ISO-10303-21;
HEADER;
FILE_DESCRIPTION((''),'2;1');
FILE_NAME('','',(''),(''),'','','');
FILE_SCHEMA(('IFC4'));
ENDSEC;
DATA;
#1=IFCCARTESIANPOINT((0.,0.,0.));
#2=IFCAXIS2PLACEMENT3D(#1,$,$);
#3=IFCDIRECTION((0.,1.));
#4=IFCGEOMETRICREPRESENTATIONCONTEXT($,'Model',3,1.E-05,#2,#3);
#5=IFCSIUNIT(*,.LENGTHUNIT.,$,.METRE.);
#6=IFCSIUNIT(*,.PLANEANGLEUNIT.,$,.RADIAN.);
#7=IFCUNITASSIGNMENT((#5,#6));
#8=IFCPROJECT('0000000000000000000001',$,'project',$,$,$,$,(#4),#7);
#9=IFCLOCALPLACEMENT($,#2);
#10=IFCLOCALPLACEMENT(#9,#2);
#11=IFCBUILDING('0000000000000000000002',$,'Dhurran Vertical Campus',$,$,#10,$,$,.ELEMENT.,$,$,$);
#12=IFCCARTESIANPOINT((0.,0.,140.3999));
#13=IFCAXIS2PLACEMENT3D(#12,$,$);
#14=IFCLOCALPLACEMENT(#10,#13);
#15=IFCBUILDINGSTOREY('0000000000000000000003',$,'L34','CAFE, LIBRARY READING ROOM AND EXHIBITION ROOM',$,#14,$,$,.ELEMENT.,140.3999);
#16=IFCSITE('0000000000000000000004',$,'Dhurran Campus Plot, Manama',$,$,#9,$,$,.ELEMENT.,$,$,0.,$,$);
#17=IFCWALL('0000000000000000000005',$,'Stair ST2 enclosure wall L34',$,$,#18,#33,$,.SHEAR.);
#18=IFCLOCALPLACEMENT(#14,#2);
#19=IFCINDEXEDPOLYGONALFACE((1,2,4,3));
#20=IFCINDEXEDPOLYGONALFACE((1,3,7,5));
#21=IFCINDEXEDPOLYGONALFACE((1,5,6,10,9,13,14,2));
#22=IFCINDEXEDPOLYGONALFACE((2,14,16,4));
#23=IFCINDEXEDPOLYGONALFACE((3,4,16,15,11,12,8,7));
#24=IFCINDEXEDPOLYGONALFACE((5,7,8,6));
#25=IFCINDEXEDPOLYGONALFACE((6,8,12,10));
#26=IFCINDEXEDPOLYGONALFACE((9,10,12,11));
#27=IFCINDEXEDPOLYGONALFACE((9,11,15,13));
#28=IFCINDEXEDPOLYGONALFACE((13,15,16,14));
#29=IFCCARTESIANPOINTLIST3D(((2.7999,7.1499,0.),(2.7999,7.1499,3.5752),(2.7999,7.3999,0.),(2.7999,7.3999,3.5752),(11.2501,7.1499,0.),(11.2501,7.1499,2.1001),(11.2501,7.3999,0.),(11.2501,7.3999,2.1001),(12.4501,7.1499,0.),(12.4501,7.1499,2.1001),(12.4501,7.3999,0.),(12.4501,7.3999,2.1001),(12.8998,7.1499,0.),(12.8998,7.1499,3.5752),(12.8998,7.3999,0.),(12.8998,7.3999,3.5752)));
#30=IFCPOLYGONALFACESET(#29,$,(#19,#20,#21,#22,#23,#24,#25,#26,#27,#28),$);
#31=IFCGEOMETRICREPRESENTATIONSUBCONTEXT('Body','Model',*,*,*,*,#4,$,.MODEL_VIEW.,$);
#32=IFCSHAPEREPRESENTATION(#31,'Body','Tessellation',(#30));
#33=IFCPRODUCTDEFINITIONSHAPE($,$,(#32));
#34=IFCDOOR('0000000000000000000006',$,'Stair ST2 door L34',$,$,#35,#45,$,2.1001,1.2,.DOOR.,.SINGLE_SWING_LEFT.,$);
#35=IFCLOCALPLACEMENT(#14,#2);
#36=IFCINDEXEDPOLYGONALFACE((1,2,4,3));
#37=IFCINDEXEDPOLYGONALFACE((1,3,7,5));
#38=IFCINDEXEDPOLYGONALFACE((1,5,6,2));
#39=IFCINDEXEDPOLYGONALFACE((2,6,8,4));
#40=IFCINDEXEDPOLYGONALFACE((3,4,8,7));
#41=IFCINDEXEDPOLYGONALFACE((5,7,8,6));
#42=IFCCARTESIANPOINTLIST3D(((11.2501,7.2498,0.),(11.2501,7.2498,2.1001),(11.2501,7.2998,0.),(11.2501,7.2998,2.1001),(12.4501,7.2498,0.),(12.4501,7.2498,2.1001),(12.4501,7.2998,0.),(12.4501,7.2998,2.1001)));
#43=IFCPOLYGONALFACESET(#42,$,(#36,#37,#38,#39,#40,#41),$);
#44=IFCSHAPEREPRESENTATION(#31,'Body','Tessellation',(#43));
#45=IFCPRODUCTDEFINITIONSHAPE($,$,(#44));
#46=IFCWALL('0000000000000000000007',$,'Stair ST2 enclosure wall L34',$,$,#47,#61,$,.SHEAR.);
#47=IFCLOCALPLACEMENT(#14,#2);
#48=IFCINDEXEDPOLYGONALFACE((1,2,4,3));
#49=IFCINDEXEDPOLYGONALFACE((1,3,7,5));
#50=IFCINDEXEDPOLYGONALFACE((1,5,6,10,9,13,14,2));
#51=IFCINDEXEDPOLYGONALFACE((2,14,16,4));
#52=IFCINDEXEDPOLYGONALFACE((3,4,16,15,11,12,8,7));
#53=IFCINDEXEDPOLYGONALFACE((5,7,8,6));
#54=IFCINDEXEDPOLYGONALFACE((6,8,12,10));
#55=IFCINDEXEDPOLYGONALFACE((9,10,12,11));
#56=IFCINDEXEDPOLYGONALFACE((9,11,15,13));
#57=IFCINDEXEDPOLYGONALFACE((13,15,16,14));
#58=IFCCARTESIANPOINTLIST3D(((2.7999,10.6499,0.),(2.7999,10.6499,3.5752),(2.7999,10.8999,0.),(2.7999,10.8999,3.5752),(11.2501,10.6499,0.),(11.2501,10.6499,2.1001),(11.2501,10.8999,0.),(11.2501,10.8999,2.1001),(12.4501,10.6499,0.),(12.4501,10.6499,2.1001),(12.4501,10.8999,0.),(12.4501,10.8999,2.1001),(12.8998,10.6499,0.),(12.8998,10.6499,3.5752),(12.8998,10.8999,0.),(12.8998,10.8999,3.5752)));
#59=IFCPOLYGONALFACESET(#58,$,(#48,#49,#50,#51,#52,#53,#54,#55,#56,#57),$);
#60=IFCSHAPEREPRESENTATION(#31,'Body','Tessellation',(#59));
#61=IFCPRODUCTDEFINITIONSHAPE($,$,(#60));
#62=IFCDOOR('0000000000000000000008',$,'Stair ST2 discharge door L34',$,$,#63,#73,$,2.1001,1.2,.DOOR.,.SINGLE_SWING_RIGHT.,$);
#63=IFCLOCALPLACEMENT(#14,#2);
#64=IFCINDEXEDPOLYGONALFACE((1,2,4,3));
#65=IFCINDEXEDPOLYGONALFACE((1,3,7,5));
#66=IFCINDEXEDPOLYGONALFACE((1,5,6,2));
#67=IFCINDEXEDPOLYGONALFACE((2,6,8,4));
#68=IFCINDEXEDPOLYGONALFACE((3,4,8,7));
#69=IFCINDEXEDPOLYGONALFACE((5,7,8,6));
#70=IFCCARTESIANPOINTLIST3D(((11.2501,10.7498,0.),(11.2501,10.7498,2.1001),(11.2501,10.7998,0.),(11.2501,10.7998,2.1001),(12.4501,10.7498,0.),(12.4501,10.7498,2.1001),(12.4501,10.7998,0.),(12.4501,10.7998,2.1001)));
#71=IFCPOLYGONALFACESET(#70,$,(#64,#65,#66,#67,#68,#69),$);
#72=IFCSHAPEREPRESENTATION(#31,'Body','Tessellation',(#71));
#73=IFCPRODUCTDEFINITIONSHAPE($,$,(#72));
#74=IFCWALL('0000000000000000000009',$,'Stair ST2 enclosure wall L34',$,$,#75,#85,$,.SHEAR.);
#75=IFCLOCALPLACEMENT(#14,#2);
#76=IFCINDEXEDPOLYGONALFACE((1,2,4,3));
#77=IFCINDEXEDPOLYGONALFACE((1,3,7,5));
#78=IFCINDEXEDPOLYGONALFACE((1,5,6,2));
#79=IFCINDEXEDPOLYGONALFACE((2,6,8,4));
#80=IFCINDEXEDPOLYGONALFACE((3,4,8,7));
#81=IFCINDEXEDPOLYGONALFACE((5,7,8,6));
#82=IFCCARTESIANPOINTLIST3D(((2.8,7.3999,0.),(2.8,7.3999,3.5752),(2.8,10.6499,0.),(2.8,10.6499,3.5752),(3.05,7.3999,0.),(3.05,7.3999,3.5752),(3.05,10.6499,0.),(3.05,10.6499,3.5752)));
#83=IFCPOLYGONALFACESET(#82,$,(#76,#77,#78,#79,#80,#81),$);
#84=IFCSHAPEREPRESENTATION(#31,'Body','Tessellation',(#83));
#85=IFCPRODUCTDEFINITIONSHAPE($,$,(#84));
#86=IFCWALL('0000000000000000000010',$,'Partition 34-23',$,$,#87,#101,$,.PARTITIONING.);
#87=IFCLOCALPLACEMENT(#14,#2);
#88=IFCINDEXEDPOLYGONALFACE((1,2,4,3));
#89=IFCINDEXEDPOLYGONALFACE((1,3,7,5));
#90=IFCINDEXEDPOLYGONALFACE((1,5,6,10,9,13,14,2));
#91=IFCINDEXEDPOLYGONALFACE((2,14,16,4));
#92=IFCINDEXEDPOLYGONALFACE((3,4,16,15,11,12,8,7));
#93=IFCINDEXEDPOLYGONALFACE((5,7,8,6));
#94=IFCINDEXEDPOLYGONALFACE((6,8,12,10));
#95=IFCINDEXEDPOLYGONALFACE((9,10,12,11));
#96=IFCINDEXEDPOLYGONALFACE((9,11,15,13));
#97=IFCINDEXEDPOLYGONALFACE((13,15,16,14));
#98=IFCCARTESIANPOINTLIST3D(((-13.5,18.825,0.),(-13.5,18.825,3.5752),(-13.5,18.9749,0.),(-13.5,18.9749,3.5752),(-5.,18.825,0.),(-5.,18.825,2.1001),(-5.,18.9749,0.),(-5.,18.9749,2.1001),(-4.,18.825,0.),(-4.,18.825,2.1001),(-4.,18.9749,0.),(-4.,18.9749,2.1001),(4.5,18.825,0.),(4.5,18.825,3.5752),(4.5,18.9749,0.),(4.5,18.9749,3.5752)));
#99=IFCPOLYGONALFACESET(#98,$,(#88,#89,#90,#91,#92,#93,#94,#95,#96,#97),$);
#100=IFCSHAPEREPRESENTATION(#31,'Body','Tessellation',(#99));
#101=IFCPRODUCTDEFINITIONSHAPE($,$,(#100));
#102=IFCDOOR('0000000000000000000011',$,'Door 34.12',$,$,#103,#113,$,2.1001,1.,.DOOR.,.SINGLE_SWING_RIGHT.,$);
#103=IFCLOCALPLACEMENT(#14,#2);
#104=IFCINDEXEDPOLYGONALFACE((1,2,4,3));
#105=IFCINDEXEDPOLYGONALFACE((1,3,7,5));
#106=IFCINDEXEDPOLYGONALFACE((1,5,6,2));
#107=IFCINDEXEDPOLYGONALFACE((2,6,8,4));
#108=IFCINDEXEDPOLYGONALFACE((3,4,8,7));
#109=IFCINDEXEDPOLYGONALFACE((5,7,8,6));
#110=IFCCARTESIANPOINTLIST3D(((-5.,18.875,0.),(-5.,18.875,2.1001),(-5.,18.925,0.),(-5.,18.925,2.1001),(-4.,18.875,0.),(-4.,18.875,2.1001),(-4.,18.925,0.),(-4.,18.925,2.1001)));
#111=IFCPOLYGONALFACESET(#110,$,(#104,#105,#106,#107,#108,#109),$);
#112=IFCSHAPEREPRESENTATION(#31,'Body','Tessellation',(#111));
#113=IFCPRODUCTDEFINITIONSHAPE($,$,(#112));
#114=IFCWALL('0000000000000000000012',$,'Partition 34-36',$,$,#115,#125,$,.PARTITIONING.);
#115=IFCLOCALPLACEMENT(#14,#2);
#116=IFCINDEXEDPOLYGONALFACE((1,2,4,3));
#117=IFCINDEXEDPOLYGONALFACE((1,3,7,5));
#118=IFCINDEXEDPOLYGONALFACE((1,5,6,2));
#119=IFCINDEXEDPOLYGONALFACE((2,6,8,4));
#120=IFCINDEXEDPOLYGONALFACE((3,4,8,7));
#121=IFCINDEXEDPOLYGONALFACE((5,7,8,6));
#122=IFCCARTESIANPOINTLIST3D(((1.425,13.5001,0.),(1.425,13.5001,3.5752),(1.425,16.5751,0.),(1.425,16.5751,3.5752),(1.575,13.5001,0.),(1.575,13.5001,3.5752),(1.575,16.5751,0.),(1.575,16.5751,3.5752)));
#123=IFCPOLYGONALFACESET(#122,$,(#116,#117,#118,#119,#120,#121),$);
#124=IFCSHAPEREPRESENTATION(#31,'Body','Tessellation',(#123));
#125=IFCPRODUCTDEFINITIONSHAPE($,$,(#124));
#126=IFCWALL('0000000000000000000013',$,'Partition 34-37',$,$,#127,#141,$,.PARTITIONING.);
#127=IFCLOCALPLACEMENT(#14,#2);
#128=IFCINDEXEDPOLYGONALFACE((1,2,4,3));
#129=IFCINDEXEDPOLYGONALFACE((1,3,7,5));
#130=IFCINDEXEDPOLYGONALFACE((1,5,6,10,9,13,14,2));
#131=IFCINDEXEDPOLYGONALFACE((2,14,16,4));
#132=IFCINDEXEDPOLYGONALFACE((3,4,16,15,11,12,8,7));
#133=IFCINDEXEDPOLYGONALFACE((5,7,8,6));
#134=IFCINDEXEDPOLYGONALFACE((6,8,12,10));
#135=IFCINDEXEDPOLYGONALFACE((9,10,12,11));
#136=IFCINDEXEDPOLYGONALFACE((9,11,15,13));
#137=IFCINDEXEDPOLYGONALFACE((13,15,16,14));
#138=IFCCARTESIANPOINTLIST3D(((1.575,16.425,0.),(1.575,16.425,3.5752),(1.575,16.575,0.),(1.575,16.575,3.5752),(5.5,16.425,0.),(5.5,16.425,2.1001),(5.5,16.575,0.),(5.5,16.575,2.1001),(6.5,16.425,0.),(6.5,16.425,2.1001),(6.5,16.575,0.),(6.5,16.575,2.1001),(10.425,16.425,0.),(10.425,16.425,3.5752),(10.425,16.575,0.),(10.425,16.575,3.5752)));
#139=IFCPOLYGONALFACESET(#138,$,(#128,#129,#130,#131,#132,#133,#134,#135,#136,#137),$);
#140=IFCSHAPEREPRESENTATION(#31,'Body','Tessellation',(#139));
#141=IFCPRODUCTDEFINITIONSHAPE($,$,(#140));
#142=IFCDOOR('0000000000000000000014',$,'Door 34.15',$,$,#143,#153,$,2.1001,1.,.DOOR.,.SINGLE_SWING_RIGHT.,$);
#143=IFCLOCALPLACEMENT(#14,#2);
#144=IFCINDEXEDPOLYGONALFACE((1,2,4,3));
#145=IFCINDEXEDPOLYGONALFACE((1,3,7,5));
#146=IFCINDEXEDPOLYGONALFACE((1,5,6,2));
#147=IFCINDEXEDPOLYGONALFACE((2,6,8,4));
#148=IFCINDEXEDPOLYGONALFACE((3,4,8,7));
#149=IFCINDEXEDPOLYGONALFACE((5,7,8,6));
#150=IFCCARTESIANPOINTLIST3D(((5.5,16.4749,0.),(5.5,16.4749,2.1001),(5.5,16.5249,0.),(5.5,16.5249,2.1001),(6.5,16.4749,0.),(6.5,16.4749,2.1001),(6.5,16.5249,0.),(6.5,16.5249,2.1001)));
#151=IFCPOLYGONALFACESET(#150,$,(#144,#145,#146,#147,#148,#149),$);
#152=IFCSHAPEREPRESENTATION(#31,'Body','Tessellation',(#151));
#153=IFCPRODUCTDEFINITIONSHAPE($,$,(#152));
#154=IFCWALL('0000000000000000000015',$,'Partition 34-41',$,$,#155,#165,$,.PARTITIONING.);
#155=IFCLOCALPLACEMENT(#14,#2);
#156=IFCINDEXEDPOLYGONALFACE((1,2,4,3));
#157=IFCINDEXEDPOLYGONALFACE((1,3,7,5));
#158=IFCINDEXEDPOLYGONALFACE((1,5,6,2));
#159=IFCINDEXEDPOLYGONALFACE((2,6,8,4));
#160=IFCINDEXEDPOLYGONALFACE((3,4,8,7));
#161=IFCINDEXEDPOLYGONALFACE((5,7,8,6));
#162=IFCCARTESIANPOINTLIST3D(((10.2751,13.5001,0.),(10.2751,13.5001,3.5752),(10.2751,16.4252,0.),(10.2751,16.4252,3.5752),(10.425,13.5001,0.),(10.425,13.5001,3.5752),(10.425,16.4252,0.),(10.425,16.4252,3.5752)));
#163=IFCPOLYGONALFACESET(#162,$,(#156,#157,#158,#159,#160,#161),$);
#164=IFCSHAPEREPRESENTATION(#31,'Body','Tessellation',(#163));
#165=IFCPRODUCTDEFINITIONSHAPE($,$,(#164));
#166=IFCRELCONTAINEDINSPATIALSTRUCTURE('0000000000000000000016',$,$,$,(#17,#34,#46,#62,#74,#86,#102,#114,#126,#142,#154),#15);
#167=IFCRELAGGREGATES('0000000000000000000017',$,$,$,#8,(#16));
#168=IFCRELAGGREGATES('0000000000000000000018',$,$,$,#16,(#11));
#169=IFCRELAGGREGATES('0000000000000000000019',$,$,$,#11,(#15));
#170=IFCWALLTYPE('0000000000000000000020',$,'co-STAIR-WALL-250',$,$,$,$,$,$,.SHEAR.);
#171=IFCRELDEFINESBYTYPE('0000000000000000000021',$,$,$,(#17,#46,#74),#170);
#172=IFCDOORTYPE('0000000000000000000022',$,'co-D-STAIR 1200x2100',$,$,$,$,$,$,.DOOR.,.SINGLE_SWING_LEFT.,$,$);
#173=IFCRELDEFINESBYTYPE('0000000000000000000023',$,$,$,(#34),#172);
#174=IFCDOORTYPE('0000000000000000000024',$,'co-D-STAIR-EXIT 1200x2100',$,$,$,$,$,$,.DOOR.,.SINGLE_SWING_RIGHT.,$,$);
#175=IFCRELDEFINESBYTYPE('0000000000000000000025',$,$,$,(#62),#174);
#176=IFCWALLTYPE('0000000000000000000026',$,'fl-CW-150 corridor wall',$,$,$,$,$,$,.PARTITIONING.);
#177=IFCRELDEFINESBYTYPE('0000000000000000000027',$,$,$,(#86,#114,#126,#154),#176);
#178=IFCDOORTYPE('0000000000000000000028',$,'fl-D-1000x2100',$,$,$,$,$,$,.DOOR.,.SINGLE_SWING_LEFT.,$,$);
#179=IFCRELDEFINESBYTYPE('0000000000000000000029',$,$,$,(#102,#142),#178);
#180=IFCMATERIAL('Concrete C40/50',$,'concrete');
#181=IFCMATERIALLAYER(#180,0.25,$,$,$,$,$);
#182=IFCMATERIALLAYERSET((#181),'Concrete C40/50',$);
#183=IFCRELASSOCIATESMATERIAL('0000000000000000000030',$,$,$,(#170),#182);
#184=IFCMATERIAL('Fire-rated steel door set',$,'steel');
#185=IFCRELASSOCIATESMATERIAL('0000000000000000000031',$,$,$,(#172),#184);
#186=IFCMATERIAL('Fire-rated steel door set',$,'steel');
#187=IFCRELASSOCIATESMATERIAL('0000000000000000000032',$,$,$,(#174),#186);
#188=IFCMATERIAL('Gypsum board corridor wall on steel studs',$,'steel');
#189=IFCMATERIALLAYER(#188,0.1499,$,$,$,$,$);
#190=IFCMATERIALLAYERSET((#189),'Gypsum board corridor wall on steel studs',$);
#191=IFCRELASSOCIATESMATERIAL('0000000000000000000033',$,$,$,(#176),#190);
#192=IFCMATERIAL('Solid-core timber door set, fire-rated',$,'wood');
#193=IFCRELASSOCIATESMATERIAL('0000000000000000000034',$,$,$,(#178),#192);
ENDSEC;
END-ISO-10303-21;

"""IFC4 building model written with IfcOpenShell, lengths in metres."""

from ifc_helpers import new_model, si_unit, direction, frame, frame_2d, origin, place, context, subcontext, project, spatial, rectangle, extrude, material, layer, layer_set, type_object, element, fill, save


model = new_model("IFC4")

# Units and contexts
model_context = context("Model", 3, precision=1e-05, world=origin(), true_north=direction((0.0, 1.0)))
body_context = subcontext(model_context, "Body", "Model", "MODEL_VIEW")
ifc_project = project(units=[si_unit("LENGTHUNIT", "METRE"), si_unit("PLANEANGLEUNIT", "RADIAN")], contexts=[model_context])

# Site, building, storey
site_placement = place(None, origin())
site = spatial("IfcSite", under=ifc_project, at=site_placement, Name="Dhurran Campus Plot, Manama", CompositionType="ELEMENT", RefElevation=0.0)
building_placement = place(site_placement, origin())
building = spatial("IfcBuilding", under=site, at=building_placement, Name="Dhurran Vertical Campus", CompositionType="ELEMENT")
storey_placement = place(building_placement, frame((0.0, 0.0, 140.3999)))
storey = spatial("IfcBuildingStorey", under=building, at=storey_placement, Name="L34", Description="CAFE, LIBRARY READING ROOM AND EXHIBITION ROOM", CompositionType="ELEMENT", Elevation=140.3999)

# Walls, openings, doors
ifc_material_1 = material(Name="Concrete C40/50", Category="concrete")
ifc_layer_1 = layer(ifc_material_1, 0.25)
ifc_layer_set_1 = layer_set([ifc_layer_1], Name="Concrete C40/50")
wall_type_1 = type_object("IfcWallType", Name="co-STAIR-WALL-250", PredefinedType="SHEAR", material=ifc_layer_set_1)
wall_1_placement = place(storey_placement, frame((2.8, 7.2749, 0.0), z_axis=(0.0, 0.0, 1.0), x_axis=(1.0, 0.0, 0.0)))
wall_1 = element("IfcWall", 1, at=wall_1_placement, inside=storey, type_object=wall_type_1, Name="Stair ST2 enclosure wall L34", PredefinedType="SHEAR", context=body_context, shape_type="SweptSolid", body=[
    extrude(rectangle(XDim=10.0999, YDim=0.25, at=frame_2d((5.0498, 0.0))), origin(), (0.0, 0.0, 1.0), 3.5752),
])
opening_1_placement = place(wall_1_placement, frame((8.45, 0.0, 0.0)))
opening_1 = element("IfcOpeningElement", 2, at=opening_1_placement, cuts=wall_1, PredefinedType="OPENING", context=body_context, shape_type="SweptSolid", body=[
    extrude(rectangle(XDim=1.2, YDim=2.1001, at=frame_2d((0.6001, 1.05))), frame((0.0, 0.135, 0.0), z_axis=(0.0, -1.0, 0.0), x_axis=(1.0, 0.0, 0.0)), (0.0, 0.0, 1.0), 0.27),
])
ifc_material_2 = material(Name="Fire-rated steel door set", Category="steel")
door_type_1 = type_object("IfcDoorType", Name="co-D-STAIR 1200x2100", OperationType="SINGLE_SWING_LEFT", PredefinedType="DOOR", material=ifc_material_2)
door_1_placement = place(opening_1_placement, origin())
door_1 = element("IfcDoor", 3, at=door_1_placement, inside=storey, type_object=door_type_1, Name="Stair ST2 door L34", OperationType="SINGLE_SWING_LEFT", OverallHeight=2.1001, OverallWidth=1.2, PredefinedType="DOOR", context=body_context, shape_type="SweptSolid", body=[
    extrude(rectangle(XDim=1.2, YDim=2.1001, at=frame_2d((0.6001, 1.05))), frame((0.0, 0.0249, 0.0), z_axis=(0.0, -1.0, 0.0), x_axis=(1.0, 0.0, 0.0)), (0.0, 0.0, 1.0), 0.05),
])
fill(opening_1, door_1)
wall_2_placement = place(storey_placement, frame((2.8, 10.7749, 0.0), z_axis=(0.0, 0.0, 1.0), x_axis=(1.0, 0.0, 0.0)))
wall_2 = element("IfcWall", 4, at=wall_2_placement, inside=storey, type_object=wall_type_1, Name="Stair ST2 enclosure wall L34", PredefinedType="SHEAR", context=body_context, shape_type="SweptSolid", body=[
    extrude(rectangle(XDim=10.0999, YDim=0.25, at=frame_2d((5.0498, 0.0))), origin(), (0.0, 0.0, 1.0), 3.5752),
])
opening_2_placement = place(wall_2_placement, frame((8.45, 0.0, 0.0)))
opening_2 = element("IfcOpeningElement", 5, at=opening_2_placement, cuts=wall_2, PredefinedType="OPENING", context=body_context, shape_type="SweptSolid", body=[
    extrude(rectangle(XDim=1.2, YDim=2.1001, at=frame_2d((0.6001, 1.05))), frame((0.0, 0.135, 0.0), z_axis=(0.0, -1.0, 0.0), x_axis=(1.0, 0.0, 0.0)), (0.0, 0.0, 1.0), 0.27),
])
ifc_material_3 = material(Name="Fire-rated steel door set", Category="steel")
door_type_2 = type_object("IfcDoorType", Name="co-D-STAIR-EXIT 1200x2100", OperationType="SINGLE_SWING_RIGHT", PredefinedType="DOOR", material=ifc_material_3)
door_2_placement = place(opening_2_placement, origin())
door_2 = element("IfcDoor", 6, at=door_2_placement, inside=storey, type_object=door_type_2, Name="Stair ST2 discharge door L34", OperationType="SINGLE_SWING_RIGHT", OverallHeight=2.1001, OverallWidth=1.2, PredefinedType="DOOR", context=body_context, shape_type="SweptSolid", body=[
    extrude(rectangle(XDim=1.2, YDim=2.1001, at=frame_2d((0.6001, 1.05))), frame((0.0, 0.0249, 0.0), z_axis=(0.0, -1.0, 0.0), x_axis=(1.0, 0.0, 0.0)), (0.0, 0.0, 1.0), 0.05),
])
fill(opening_2, door_2)

# Wall
wall_3_placement = place(storey_placement, frame((2.925, 7.3999, 0.0), z_axis=(0.0, 0.0, 1.0), x_axis=(0.0, 1.0, 0.0)))
element("IfcWall", 7, at=wall_3_placement, inside=storey, type_object=wall_type_1, Name="Stair ST2 enclosure wall L34", PredefinedType="SHEAR", context=body_context, shape_type="SweptSolid", body=[
    extrude(rectangle(XDim=3.25, YDim=0.25, at=frame_2d((1.625, 0.0))), origin(), (0.0, 0.0, 1.0), 3.5752),
])

# Wall, opening, door
ifc_material_4 = material(Name="Gypsum board corridor wall on steel studs", Category="steel")
ifc_layer_2 = layer(ifc_material_4, 0.1499)
ifc_layer_set_2 = layer_set([ifc_layer_2], Name="Gypsum board corridor wall on steel studs")
wall_type_2 = type_object("IfcWallType", Name="fl-CW-150 corridor wall", PredefinedType="PARTITIONING", material=ifc_layer_set_2)
wall_4_placement = place(storey_placement, frame((4.5, 18.8999, 0.0), z_axis=(0.0, 0.0, 1.0), x_axis=(-1.0, 0.0, 0.0)))
wall_4 = element("IfcWall", 8, at=wall_4_placement, inside=storey, type_object=wall_type_2, Name="Partition 34-23", PredefinedType="PARTITIONING", context=body_context, shape_type="SweptSolid", body=[
    extrude(rectangle(XDim=18.0, YDim=0.1499, at=frame_2d((9.0, 0.0))), origin(), (0.0, 0.0, 1.0), 3.5752),
])
opening_3_placement = place(wall_4_placement, frame((8.5, 0.0, 0.0)))
opening_3 = element("IfcOpeningElement", 9, at=opening_3_placement, cuts=wall_4, PredefinedType="OPENING", context=body_context, shape_type="SweptSolid", body=[
    extrude(rectangle(XDim=1.0, YDim=2.1001, at=frame_2d((0.5, 1.05))), frame((0.0, 0.085, 0.0), z_axis=(0.0, -1.0, 0.0), x_axis=(1.0, 0.0, 0.0)), (0.0, 0.0, 1.0), 0.1699),
])
ifc_material_5 = material(Name="Solid-core timber door set, fire-rated", Category="wood")
door_type_3 = type_object("IfcDoorType", Name="fl-D-1000x2100", OperationType="SINGLE_SWING_LEFT", PredefinedType="DOOR", material=ifc_material_5)
door_3_placement = place(opening_3_placement, origin())
door_3 = element("IfcDoor", 10, at=door_3_placement, inside=storey, type_object=door_type_3, Name="Door 34.12", OperationType="SINGLE_SWING_RIGHT", OverallHeight=2.1001, OverallWidth=1.0, PredefinedType="DOOR", context=body_context, shape_type="SweptSolid", body=[
    extrude(rectangle(XDim=1.0, YDim=2.1001, at=frame_2d((0.5, 1.05))), frame((0.0, 0.0249, 0.0), z_axis=(0.0, -1.0, 0.0), x_axis=(1.0, 0.0, 0.0)), (0.0, 0.0, 1.0), 0.05),
])
fill(opening_3, door_3)

# Wall
wall_5_placement = place(storey_placement, frame((1.5, 13.5, 0.0), z_axis=(0.0, 0.0, 1.0), x_axis=(0.0, 1.0, 0.0)))
element("IfcWall", 11, at=wall_5_placement, inside=storey, type_object=wall_type_2, Name="Partition 34-36", PredefinedType="PARTITIONING", context=body_context, shape_type="SweptSolid", body=[
    extrude(rectangle(XDim=3.075, YDim=0.1499, at=frame_2d((1.5376, 0.0))), origin(), (0.0, 0.0, 1.0), 3.5752),
])

# Wall, opening, door
wall_6_placement = place(storey_placement, frame((1.575, 16.5, 0.0), z_axis=(0.0, 0.0, 1.0), x_axis=(1.0, 0.0, 0.0)))
wall_6 = element("IfcWall", 12, at=wall_6_placement, inside=storey, type_object=wall_type_2, Name="Partition 34-37", PredefinedType="PARTITIONING", context=body_context, shape_type="SweptSolid", body=[
    extrude(rectangle(XDim=8.8501, YDim=0.1499, at=frame_2d((4.425, 0.0))), origin(), (0.0, 0.0, 1.0), 3.5752),
])
opening_4_placement = place(wall_6_placement, frame((3.925, 0.0, 0.0)))
opening_4 = element("IfcOpeningElement", 13, at=opening_4_placement, cuts=wall_6, PredefinedType="OPENING", context=body_context, shape_type="SweptSolid", body=[
    extrude(rectangle(XDim=1.0, YDim=2.1001, at=frame_2d((0.5, 1.05))), frame((0.0, 0.085, 0.0), z_axis=(0.0, -1.0, 0.0), x_axis=(1.0, 0.0, 0.0)), (0.0, 0.0, 1.0), 0.1699),
])
door_4_placement = place(opening_4_placement, origin())
door_4 = element("IfcDoor", 14, at=door_4_placement, inside=storey, type_object=door_type_3, Name="Door 34.15", OperationType="SINGLE_SWING_RIGHT", OverallHeight=2.1001, OverallWidth=1.0, PredefinedType="DOOR", context=body_context, shape_type="SweptSolid", body=[
    extrude(rectangle(XDim=1.0, YDim=2.1001, at=frame_2d((0.5, 1.05))), frame((0.0, 0.0249, 0.0), z_axis=(0.0, -1.0, 0.0), x_axis=(1.0, 0.0, 0.0)), (0.0, 0.0, 1.0), 0.05),
])
fill(opening_4, door_4)

# Wall
wall_7_placement = place(storey_placement, frame((10.3501, 16.425, 0.0), z_axis=(0.0, 0.0, 1.0), x_axis=(0.0, -1.0, 0.0)))
element("IfcWall", 15, at=wall_7_placement, inside=storey, type_object=wall_type_2, Name="Partition 34-41", PredefinedType="PARTITIONING", context=body_context, shape_type="SweptSolid", body=[
    extrude(rectangle(XDim=2.925, YDim=0.1499, at=frame_2d((1.4624, 0.0))), origin(), (0.0, 0.0, 1.0), 3.5752),
])

save(model, "model.ifc")
